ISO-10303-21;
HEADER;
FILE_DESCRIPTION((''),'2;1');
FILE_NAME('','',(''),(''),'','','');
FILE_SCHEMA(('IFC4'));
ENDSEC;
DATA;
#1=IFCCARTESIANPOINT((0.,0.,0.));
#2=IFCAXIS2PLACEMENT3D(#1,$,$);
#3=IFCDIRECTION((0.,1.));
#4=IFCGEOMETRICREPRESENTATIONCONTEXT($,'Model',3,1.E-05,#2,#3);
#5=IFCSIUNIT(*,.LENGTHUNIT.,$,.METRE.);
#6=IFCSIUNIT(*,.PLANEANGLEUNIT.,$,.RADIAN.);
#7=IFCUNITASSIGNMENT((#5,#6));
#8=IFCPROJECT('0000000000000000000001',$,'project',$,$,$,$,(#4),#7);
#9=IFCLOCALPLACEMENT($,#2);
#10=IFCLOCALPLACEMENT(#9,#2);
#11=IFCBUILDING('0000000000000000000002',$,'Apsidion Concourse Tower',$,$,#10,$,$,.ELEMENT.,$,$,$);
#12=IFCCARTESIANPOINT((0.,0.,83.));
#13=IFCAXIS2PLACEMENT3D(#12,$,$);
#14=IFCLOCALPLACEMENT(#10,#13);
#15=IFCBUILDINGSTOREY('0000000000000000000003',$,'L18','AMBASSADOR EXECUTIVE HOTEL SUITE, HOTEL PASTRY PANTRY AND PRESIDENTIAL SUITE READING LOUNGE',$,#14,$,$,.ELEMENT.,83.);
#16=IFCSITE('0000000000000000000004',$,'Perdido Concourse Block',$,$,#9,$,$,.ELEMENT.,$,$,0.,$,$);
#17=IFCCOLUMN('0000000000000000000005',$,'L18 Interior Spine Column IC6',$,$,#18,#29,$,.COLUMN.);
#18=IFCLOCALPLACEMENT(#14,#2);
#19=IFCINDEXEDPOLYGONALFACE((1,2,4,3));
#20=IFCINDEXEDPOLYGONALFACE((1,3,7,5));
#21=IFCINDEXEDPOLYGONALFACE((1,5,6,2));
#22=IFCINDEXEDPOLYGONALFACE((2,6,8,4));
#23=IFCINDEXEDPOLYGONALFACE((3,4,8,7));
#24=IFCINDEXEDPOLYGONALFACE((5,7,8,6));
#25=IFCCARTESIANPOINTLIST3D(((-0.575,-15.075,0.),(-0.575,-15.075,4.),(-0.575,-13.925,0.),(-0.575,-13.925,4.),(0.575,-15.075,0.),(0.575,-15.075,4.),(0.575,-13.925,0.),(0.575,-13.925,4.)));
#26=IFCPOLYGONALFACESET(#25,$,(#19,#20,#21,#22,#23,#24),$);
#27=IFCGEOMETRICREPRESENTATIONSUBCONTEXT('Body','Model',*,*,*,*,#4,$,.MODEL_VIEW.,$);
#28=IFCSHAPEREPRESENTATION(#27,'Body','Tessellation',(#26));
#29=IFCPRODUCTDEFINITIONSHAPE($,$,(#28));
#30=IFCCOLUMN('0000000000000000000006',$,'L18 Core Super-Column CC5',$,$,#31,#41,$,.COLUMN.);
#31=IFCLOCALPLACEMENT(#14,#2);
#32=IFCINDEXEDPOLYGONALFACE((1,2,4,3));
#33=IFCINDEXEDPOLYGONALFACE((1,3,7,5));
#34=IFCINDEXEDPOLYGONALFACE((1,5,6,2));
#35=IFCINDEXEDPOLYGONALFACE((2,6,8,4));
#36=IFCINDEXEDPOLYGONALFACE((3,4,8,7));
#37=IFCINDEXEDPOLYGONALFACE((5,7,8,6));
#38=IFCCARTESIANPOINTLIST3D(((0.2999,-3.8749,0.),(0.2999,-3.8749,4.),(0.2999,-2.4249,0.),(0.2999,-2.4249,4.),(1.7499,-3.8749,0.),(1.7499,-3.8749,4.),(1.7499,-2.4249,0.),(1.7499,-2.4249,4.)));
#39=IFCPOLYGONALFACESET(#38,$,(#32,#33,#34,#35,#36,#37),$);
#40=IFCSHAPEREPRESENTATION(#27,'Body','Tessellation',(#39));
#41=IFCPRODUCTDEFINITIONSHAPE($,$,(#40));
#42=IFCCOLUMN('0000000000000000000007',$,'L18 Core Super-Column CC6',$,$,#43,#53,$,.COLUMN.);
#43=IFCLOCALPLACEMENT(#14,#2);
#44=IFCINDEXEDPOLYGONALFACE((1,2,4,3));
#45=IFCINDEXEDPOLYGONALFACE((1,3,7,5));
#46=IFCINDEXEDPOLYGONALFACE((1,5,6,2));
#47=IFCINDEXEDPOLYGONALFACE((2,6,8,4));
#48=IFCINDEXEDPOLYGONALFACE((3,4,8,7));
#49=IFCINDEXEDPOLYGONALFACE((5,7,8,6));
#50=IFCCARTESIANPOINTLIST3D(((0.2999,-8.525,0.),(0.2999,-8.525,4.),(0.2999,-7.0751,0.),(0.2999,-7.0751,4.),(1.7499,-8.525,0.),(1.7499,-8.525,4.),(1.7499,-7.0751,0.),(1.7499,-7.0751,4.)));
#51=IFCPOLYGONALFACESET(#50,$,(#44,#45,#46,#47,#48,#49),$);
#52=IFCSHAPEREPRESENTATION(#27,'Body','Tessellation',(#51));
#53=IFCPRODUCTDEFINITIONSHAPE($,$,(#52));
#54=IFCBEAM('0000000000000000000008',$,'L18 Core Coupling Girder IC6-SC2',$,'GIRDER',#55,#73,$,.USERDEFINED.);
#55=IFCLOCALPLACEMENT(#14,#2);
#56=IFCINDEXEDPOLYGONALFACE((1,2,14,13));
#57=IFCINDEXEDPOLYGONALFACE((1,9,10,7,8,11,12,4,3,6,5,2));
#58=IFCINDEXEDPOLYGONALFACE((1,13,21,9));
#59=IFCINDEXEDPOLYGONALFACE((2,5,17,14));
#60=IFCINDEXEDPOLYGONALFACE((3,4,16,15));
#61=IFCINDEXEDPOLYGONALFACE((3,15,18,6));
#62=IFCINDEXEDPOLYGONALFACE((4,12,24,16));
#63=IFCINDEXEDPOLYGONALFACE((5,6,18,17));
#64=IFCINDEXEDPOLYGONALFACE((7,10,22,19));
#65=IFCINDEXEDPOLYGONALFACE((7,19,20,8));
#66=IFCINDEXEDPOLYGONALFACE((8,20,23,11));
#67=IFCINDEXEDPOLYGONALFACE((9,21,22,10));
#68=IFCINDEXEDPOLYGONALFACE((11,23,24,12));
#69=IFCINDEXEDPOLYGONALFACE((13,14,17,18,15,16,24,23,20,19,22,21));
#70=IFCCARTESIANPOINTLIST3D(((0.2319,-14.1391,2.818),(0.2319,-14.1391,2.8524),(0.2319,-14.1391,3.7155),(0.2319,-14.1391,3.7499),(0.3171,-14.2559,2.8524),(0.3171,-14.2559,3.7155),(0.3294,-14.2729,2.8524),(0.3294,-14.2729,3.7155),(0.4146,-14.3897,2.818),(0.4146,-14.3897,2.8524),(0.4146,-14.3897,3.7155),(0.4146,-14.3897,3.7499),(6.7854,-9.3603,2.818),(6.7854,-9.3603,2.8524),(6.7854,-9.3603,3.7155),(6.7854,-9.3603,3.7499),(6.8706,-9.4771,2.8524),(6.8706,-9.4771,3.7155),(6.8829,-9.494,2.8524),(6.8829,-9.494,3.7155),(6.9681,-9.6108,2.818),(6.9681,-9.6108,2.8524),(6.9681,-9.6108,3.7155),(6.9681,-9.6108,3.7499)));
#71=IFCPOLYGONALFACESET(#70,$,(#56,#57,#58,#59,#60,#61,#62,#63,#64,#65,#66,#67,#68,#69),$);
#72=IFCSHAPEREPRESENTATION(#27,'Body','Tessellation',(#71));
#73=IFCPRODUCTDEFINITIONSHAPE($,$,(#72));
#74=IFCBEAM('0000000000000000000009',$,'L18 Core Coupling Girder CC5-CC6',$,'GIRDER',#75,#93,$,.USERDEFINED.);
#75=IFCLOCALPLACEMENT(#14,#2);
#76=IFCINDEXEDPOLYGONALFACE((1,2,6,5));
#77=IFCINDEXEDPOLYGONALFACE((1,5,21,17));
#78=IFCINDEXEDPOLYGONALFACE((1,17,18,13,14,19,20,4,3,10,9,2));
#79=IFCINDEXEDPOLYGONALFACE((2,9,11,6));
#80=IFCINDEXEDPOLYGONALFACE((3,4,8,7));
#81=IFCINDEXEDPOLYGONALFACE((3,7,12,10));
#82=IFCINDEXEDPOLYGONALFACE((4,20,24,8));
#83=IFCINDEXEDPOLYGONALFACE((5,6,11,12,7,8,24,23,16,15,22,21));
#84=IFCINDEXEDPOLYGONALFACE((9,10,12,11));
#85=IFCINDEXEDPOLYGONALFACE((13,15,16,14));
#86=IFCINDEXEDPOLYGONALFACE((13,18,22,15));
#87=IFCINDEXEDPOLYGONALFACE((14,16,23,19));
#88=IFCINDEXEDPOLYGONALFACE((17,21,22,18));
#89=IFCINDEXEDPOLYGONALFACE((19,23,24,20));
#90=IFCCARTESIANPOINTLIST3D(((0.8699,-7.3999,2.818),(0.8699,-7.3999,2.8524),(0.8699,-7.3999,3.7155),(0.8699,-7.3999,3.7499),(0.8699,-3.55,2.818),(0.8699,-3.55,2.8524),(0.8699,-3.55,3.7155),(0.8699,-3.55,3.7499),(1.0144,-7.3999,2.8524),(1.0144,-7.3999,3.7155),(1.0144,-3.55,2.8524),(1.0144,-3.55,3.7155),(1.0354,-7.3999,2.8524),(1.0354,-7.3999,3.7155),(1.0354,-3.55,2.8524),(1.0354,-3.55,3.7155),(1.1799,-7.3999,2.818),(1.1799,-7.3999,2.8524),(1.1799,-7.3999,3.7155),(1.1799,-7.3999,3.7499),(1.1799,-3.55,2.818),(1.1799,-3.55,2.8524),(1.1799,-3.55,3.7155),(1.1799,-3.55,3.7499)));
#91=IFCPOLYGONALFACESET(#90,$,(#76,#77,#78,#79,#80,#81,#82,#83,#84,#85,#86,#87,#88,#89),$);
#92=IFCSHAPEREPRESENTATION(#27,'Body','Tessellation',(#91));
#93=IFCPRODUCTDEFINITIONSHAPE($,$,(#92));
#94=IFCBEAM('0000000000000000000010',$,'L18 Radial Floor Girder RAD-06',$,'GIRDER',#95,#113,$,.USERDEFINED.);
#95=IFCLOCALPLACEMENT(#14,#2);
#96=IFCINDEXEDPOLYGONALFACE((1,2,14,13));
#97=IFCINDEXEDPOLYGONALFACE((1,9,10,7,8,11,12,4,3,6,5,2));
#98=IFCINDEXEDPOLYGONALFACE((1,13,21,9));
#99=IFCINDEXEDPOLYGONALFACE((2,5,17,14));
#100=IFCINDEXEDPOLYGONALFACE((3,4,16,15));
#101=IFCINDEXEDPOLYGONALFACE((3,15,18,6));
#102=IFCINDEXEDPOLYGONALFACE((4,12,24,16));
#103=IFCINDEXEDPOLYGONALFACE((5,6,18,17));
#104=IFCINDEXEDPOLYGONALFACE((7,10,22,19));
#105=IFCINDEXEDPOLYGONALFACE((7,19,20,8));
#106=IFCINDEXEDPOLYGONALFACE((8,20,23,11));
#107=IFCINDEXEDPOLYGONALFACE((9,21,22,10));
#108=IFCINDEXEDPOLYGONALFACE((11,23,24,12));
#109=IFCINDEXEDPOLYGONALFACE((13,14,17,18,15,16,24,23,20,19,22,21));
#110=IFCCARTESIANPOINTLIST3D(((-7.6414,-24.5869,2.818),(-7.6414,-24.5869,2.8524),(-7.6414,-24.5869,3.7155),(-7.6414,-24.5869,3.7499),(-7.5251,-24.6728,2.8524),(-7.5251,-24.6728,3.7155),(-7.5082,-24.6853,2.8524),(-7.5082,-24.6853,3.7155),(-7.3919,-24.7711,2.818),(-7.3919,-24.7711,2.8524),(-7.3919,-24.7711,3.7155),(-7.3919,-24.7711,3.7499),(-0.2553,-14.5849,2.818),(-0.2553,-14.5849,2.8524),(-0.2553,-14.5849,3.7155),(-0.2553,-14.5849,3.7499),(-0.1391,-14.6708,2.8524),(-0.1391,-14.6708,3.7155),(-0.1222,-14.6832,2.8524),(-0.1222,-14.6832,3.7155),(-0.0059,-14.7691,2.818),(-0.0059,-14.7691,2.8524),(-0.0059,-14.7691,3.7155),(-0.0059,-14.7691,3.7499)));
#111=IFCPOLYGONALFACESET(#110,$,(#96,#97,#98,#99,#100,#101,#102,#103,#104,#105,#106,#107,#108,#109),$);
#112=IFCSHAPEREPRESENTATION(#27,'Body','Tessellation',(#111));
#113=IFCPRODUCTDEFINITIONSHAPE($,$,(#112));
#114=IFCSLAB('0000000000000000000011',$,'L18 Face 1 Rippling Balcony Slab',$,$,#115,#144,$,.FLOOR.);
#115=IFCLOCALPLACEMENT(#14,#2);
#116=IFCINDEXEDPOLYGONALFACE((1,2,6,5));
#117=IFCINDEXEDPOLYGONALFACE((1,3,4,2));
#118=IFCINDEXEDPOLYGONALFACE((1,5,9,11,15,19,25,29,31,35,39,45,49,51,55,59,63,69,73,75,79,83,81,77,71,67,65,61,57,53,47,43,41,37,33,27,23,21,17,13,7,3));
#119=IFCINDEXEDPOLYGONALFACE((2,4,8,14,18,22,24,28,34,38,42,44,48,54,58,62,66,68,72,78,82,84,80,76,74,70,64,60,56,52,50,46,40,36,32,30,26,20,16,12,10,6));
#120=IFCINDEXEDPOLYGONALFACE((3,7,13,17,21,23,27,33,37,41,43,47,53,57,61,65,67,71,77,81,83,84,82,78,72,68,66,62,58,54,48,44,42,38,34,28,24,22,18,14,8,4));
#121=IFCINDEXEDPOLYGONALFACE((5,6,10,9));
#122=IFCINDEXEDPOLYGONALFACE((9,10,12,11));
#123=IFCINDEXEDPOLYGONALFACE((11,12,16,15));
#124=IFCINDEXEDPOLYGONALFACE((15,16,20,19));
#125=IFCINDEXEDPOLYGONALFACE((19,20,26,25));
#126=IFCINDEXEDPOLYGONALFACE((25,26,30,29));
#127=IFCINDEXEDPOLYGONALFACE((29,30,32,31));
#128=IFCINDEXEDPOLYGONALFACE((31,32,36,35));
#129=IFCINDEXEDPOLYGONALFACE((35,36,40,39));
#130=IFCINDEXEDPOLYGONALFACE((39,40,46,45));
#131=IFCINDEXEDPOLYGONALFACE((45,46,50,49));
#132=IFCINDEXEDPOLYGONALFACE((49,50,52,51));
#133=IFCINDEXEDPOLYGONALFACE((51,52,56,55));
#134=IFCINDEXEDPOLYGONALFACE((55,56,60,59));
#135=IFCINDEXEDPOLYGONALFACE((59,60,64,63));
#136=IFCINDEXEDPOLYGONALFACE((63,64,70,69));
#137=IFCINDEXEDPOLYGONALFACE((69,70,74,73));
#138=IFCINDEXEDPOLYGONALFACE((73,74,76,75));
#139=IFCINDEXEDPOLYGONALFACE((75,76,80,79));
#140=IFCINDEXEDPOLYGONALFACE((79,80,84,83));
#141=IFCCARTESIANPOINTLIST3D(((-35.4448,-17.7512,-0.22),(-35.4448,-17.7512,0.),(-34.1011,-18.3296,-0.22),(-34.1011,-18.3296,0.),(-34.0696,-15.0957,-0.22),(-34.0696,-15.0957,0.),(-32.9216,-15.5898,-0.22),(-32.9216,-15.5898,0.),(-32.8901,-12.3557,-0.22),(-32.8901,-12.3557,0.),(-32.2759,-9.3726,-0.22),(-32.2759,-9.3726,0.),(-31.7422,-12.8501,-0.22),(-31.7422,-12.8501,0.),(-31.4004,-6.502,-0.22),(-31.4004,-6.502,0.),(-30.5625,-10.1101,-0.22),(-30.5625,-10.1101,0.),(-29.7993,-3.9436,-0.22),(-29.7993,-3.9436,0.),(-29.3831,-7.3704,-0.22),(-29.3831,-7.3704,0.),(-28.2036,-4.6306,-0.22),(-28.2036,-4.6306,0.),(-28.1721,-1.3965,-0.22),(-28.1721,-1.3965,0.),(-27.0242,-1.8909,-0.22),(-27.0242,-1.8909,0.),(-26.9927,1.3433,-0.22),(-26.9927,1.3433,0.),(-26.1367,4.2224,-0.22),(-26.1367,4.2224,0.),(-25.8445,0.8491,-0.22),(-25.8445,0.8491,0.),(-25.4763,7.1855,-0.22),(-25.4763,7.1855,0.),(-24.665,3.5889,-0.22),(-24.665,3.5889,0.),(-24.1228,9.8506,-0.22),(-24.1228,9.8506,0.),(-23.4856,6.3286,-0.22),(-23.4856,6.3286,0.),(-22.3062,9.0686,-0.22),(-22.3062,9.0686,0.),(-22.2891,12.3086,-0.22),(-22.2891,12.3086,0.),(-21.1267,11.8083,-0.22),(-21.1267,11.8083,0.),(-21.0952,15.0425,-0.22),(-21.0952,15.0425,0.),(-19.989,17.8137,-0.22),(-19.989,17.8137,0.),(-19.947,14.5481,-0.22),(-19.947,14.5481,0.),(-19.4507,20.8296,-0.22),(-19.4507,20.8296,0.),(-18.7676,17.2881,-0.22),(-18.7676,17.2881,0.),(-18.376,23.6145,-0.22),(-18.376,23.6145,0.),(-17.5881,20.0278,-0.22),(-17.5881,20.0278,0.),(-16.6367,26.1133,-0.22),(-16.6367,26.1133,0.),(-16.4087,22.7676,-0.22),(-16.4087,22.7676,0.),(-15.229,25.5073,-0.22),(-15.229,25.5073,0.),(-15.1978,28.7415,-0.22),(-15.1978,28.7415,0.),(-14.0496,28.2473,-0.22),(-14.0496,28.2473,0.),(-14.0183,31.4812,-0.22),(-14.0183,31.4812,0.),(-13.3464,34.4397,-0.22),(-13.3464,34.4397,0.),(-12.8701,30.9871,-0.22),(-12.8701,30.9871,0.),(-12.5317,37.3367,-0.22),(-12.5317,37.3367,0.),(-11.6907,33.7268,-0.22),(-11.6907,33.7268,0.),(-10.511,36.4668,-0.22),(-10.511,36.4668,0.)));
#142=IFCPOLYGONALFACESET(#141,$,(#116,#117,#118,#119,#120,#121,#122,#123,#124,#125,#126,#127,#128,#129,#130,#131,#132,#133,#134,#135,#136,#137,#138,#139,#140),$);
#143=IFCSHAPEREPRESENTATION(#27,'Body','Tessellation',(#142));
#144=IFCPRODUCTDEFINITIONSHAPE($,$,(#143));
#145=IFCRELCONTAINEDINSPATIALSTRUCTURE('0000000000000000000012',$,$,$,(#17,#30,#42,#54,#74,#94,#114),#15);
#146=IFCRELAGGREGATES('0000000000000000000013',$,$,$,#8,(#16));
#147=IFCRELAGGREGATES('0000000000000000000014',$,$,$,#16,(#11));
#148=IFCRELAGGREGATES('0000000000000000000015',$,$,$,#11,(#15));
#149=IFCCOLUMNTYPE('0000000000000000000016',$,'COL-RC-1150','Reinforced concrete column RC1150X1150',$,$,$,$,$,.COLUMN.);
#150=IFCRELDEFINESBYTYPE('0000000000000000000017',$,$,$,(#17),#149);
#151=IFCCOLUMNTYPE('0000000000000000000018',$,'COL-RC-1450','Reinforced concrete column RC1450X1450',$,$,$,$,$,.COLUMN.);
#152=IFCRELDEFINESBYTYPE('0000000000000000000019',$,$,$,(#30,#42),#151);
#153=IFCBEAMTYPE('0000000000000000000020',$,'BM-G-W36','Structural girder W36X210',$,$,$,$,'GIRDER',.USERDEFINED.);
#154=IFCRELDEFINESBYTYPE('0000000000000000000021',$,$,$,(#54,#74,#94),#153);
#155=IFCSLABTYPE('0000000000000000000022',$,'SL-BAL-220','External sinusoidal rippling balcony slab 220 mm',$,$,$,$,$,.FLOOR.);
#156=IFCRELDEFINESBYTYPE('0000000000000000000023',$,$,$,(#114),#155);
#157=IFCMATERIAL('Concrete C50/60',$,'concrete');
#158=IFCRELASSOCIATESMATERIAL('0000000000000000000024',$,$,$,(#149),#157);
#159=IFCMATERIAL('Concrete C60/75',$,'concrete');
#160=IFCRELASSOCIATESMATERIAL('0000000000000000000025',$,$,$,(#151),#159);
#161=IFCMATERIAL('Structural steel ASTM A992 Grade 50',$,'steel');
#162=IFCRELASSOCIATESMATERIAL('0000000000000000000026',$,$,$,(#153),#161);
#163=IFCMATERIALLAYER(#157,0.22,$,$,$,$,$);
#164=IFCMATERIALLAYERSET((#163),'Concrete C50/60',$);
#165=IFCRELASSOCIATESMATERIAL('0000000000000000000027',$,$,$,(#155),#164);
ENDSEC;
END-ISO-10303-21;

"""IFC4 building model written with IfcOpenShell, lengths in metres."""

from ifc_helpers import new_model, si_unit, direction, frame, origin, origin_2d, place, context, subcontext, project, spatial, polyline, rectangle, i_section, outline, extrude, material, layer, layer_set, material_profile, profile_set, type_object, element, save


model = new_model("IFC4")

# Units and contexts
model_context = context("Model", 3, precision=1e-05, world=origin(), true_north=direction((0.0, 1.0)))
body_context = subcontext(model_context, "Body", "Model", "MODEL_VIEW")
ifc_project = project(units=[si_unit("LENGTHUNIT", "METRE"), si_unit("PLANEANGLEUNIT", "RADIAN")], contexts=[model_context])

# Site, building, storey
site_placement = place(None, origin())
site = spatial("IfcSite", under=ifc_project, at=site_placement, Name="Perdido Concourse Block", CompositionType="ELEMENT", RefElevation=0.0)
building_placement = place(site_placement, origin())
building = spatial("IfcBuilding", under=site, at=building_placement, Name="Apsidion Concourse Tower", CompositionType="ELEMENT")
storey_placement = place(building_placement, frame((0.0, 0.0, 83.0)))
storey = spatial("IfcBuildingStorey", under=building, at=storey_placement, Name="L18", Description="AMBASSADOR EXECUTIVE HOTEL SUITE, HOTEL PASTRY PANTRY AND PRESIDENTIAL SUITE READING LOUNGE", CompositionType="ELEMENT", Elevation=83.0)

# Columns
ifc_material_1 = material(Name="Concrete C50/60", Category="concrete")
ifc_material_profile_1 = material_profile(ifc_material_1, rectangle(XDim=1.1499, YDim=1.1499, at=origin_2d()), Name="RC 1150x1150")
ifc_profile_set_1 = profile_set([ifc_material_profile_1], Name="Concrete C50/60")
column_type_1 = type_object("IfcColumnType", Name="COL-RC-1150", Description="Reinforced concrete column RC1150X1150", PredefinedType="COLUMN", material=ifc_profile_set_1)
column_placement = place(storey_placement, frame((0.0, -14.5, 0.0), z_axis=(0.0, 0.0, 1.0), x_axis=(1.0, 0.0, 0.0)))
element("IfcColumn", 1, at=column_placement, inside=storey, type_object=column_type_1, Name="L18 Interior Spine Column IC6", PredefinedType="COLUMN", context=body_context, shape_type="SweptSolid", body=[
    extrude(rectangle(XDim=1.1499, YDim=1.1499, at=origin_2d()), origin(), (0.0, 0.0, 1.0), 4.0),
])
ifc_material_2 = material(Name="Concrete C60/75", Category="concrete")
ifc_material_profile_2 = material_profile(ifc_material_2, rectangle(XDim=1.45, YDim=1.45, at=origin_2d()), Name="RC 1450x1450")
ifc_profile_set_2 = profile_set([ifc_material_profile_2], Name="Concrete C60/75")
column_type_2 = type_object("IfcColumnType", Name="COL-RC-1450", Description="Reinforced concrete column RC1450X1450", PredefinedType="COLUMN", material=ifc_profile_set_2)
for number, where, z_axis, x_axis, name in (
    (2, (1.0249, -3.1499, 0.0), (0.0, 0.0, 1.0), (1.0, 0.0, 0.0), "L18 Core Super-Column CC5"),
    (3, (1.0249, -7.8, 0.0), (0.0, 0.0, 1.0), (1.0, 0.0, 0.0), "L18 Core Super-Column CC6"),
):
    element("IfcColumn", number, at=place(storey_placement, frame(where, z_axis=z_axis, x_axis=x_axis)), inside=storey, type_object=column_type_2, Name=name, PredefinedType="COLUMN", context=body_context, shape_type="SweptSolid", body=[
        extrude(rectangle(XDim=1.45, YDim=1.45, at=origin_2d()), origin(), (0.0, 0.0, 1.0), 4.0),
    ])

# Beams
ifc_material_3 = material(Name="Structural steel ASTM A992 Grade 50", Category="steel")
ifc_material_profile_3 = material_profile(ifc_material_3, i_section(OverallWidth=0.3101, OverallDepth=0.9319, WebThickness=0.021, FlangeThickness=0.0344, at=origin_2d()), Name="W36X210")
ifc_profile_set_3 = profile_set([ifc_material_profile_3], Name="Structural steel ASTM A992 Grade 50")
beam_type = type_object("IfcBeamType", Name="BM-G-W36", Description="Structural girder W36X210", ElementType="GIRDER", PredefinedType="USERDEFINED", material=ifc_profile_set_3)
beam_1_placement = place(storey_placement, frame((0.3232, -14.2644, 3.2839), z_axis=(0.807993, 0.589191, 0.0), x_axis=(-0.589191, 0.807993, 0.0)))
element("IfcBeam", 4, at=beam_1_placement, inside=storey, type_object=beam_type, Name="L18 Core Coupling Girder IC6-SC2", ObjectType="GIRDER", PredefinedType="USERDEFINED", context=body_context, shape_type="SweptSolid", body=[
    extrude(i_section(OverallWidth=0.3101, OverallDepth=0.9319, WebThickness=0.021, FlangeThickness=0.0344, at=origin_2d()), origin(), (0.0, 0.0, 1.0), 8.1108),
])
beam_2_placement = place(storey_placement, frame((1.0249, -3.55, 3.2839), z_axis=(0.0, -1.0, 0.0), x_axis=(1.0, 0.0, 0.0)))
element("IfcBeam", 5, at=beam_2_placement, inside=storey, type_object=beam_type, Name="L18 Core Coupling Girder CC5-CC6", ObjectType="GIRDER", PredefinedType="USERDEFINED", context=body_context, shape_type="SweptSolid", body=[
    extrude(i_section(OverallWidth=0.3101, OverallDepth=0.9319, WebThickness=0.021, FlangeThickness=0.0344, at=origin_2d()), origin(), (0.0, 0.0, 1.0), 3.8499),
])
beam_3_placement = place(storey_placement, frame((-0.1306, -14.677, 3.2839), z_axis=(-0.594039, -0.804436, 0.0), x_axis=(0.804436, -0.594039, 0.0)))
element("IfcBeam", 6, at=beam_3_placement, inside=storey, type_object=beam_type, Name="L18 Radial Floor Girder RAD-06", ObjectType="GIRDER", PredefinedType="USERDEFINED", context=body_context, shape_type="SweptSolid", body=[
    extrude(i_section(OverallWidth=0.3101, OverallDepth=0.9319, WebThickness=0.021, FlangeThickness=0.0344, at=origin_2d()), origin(), (0.0, 0.0, 1.0), 12.4336),
])

# Slab
ifc_layer_1 = layer(ifc_material_1, 0.22)
ifc_layer_set_1 = layer_set([ifc_layer_1], Name="Concrete C50/60")
slab_type_1 = type_object("IfcSlabType", Name="SL-BAL-220", Description="External sinusoidal rippling balcony slab 220 mm", PredefinedType="FLOOR", material=ifc_layer_set_1)
slab_1_placement = place(storey_placement, frame((0.0, 0.0, -0.22)))
element("IfcSlab", 7, at=slab_1_placement, inside=storey, type_object=slab_type_1, Name="L18 Face 1 Rippling Balcony Slab", PredefinedType="FLOOR", context=body_context, shape_type="SweptSolid", body=[
    extrude(outline(polyline([(-10.511, 36.4668), (-11.6907, 33.7268), (-12.8701, 30.9871), (-14.0496, 28.2473), (-15.229, 25.5073), (-16.4087, 22.7676), (-17.5881, 20.0278), (-18.7676, 17.2881), (-19.947, 14.5481), (-21.1267, 11.8083), (-22.3062, 9.0686), (-23.4856, 6.3286), (-24.665, 3.5889), (-25.8445, 0.8491), (-27.0242, -1.8909), (-28.2036, -4.6306), (-29.3831, -7.3704), (-30.5625, -10.1101), (-31.7422, -12.8501), (-32.9216, -15.5898), (-34.1011, -18.3296), (-35.4448, -17.7512), (-34.0696, -15.0957), (-32.8901, -12.3557), (-32.2759, -9.3726), (-31.4004, -6.502), (-29.7993, -3.9436), (-28.1721, -1.3965), (-26.9927, 1.3433), (-26.1367, 4.2224), (-25.4763, 7.1855), (-24.1228, 9.8506), (-22.2891, 12.3086), (-21.0952, 15.0425), (-19.989, 17.8137), (-19.4507, 20.8296), (-18.376, 23.6145), (-16.6367, 26.1133), (-15.1978, 28.7415), (-14.0183, 31.4812), (-13.3464, 34.4397), (-12.5317, 37.3367), (-10.511, 36.4668)])), origin(), (0.0, 0.0, 1.0), 0.22),
])

save(model, "model.ifc")
